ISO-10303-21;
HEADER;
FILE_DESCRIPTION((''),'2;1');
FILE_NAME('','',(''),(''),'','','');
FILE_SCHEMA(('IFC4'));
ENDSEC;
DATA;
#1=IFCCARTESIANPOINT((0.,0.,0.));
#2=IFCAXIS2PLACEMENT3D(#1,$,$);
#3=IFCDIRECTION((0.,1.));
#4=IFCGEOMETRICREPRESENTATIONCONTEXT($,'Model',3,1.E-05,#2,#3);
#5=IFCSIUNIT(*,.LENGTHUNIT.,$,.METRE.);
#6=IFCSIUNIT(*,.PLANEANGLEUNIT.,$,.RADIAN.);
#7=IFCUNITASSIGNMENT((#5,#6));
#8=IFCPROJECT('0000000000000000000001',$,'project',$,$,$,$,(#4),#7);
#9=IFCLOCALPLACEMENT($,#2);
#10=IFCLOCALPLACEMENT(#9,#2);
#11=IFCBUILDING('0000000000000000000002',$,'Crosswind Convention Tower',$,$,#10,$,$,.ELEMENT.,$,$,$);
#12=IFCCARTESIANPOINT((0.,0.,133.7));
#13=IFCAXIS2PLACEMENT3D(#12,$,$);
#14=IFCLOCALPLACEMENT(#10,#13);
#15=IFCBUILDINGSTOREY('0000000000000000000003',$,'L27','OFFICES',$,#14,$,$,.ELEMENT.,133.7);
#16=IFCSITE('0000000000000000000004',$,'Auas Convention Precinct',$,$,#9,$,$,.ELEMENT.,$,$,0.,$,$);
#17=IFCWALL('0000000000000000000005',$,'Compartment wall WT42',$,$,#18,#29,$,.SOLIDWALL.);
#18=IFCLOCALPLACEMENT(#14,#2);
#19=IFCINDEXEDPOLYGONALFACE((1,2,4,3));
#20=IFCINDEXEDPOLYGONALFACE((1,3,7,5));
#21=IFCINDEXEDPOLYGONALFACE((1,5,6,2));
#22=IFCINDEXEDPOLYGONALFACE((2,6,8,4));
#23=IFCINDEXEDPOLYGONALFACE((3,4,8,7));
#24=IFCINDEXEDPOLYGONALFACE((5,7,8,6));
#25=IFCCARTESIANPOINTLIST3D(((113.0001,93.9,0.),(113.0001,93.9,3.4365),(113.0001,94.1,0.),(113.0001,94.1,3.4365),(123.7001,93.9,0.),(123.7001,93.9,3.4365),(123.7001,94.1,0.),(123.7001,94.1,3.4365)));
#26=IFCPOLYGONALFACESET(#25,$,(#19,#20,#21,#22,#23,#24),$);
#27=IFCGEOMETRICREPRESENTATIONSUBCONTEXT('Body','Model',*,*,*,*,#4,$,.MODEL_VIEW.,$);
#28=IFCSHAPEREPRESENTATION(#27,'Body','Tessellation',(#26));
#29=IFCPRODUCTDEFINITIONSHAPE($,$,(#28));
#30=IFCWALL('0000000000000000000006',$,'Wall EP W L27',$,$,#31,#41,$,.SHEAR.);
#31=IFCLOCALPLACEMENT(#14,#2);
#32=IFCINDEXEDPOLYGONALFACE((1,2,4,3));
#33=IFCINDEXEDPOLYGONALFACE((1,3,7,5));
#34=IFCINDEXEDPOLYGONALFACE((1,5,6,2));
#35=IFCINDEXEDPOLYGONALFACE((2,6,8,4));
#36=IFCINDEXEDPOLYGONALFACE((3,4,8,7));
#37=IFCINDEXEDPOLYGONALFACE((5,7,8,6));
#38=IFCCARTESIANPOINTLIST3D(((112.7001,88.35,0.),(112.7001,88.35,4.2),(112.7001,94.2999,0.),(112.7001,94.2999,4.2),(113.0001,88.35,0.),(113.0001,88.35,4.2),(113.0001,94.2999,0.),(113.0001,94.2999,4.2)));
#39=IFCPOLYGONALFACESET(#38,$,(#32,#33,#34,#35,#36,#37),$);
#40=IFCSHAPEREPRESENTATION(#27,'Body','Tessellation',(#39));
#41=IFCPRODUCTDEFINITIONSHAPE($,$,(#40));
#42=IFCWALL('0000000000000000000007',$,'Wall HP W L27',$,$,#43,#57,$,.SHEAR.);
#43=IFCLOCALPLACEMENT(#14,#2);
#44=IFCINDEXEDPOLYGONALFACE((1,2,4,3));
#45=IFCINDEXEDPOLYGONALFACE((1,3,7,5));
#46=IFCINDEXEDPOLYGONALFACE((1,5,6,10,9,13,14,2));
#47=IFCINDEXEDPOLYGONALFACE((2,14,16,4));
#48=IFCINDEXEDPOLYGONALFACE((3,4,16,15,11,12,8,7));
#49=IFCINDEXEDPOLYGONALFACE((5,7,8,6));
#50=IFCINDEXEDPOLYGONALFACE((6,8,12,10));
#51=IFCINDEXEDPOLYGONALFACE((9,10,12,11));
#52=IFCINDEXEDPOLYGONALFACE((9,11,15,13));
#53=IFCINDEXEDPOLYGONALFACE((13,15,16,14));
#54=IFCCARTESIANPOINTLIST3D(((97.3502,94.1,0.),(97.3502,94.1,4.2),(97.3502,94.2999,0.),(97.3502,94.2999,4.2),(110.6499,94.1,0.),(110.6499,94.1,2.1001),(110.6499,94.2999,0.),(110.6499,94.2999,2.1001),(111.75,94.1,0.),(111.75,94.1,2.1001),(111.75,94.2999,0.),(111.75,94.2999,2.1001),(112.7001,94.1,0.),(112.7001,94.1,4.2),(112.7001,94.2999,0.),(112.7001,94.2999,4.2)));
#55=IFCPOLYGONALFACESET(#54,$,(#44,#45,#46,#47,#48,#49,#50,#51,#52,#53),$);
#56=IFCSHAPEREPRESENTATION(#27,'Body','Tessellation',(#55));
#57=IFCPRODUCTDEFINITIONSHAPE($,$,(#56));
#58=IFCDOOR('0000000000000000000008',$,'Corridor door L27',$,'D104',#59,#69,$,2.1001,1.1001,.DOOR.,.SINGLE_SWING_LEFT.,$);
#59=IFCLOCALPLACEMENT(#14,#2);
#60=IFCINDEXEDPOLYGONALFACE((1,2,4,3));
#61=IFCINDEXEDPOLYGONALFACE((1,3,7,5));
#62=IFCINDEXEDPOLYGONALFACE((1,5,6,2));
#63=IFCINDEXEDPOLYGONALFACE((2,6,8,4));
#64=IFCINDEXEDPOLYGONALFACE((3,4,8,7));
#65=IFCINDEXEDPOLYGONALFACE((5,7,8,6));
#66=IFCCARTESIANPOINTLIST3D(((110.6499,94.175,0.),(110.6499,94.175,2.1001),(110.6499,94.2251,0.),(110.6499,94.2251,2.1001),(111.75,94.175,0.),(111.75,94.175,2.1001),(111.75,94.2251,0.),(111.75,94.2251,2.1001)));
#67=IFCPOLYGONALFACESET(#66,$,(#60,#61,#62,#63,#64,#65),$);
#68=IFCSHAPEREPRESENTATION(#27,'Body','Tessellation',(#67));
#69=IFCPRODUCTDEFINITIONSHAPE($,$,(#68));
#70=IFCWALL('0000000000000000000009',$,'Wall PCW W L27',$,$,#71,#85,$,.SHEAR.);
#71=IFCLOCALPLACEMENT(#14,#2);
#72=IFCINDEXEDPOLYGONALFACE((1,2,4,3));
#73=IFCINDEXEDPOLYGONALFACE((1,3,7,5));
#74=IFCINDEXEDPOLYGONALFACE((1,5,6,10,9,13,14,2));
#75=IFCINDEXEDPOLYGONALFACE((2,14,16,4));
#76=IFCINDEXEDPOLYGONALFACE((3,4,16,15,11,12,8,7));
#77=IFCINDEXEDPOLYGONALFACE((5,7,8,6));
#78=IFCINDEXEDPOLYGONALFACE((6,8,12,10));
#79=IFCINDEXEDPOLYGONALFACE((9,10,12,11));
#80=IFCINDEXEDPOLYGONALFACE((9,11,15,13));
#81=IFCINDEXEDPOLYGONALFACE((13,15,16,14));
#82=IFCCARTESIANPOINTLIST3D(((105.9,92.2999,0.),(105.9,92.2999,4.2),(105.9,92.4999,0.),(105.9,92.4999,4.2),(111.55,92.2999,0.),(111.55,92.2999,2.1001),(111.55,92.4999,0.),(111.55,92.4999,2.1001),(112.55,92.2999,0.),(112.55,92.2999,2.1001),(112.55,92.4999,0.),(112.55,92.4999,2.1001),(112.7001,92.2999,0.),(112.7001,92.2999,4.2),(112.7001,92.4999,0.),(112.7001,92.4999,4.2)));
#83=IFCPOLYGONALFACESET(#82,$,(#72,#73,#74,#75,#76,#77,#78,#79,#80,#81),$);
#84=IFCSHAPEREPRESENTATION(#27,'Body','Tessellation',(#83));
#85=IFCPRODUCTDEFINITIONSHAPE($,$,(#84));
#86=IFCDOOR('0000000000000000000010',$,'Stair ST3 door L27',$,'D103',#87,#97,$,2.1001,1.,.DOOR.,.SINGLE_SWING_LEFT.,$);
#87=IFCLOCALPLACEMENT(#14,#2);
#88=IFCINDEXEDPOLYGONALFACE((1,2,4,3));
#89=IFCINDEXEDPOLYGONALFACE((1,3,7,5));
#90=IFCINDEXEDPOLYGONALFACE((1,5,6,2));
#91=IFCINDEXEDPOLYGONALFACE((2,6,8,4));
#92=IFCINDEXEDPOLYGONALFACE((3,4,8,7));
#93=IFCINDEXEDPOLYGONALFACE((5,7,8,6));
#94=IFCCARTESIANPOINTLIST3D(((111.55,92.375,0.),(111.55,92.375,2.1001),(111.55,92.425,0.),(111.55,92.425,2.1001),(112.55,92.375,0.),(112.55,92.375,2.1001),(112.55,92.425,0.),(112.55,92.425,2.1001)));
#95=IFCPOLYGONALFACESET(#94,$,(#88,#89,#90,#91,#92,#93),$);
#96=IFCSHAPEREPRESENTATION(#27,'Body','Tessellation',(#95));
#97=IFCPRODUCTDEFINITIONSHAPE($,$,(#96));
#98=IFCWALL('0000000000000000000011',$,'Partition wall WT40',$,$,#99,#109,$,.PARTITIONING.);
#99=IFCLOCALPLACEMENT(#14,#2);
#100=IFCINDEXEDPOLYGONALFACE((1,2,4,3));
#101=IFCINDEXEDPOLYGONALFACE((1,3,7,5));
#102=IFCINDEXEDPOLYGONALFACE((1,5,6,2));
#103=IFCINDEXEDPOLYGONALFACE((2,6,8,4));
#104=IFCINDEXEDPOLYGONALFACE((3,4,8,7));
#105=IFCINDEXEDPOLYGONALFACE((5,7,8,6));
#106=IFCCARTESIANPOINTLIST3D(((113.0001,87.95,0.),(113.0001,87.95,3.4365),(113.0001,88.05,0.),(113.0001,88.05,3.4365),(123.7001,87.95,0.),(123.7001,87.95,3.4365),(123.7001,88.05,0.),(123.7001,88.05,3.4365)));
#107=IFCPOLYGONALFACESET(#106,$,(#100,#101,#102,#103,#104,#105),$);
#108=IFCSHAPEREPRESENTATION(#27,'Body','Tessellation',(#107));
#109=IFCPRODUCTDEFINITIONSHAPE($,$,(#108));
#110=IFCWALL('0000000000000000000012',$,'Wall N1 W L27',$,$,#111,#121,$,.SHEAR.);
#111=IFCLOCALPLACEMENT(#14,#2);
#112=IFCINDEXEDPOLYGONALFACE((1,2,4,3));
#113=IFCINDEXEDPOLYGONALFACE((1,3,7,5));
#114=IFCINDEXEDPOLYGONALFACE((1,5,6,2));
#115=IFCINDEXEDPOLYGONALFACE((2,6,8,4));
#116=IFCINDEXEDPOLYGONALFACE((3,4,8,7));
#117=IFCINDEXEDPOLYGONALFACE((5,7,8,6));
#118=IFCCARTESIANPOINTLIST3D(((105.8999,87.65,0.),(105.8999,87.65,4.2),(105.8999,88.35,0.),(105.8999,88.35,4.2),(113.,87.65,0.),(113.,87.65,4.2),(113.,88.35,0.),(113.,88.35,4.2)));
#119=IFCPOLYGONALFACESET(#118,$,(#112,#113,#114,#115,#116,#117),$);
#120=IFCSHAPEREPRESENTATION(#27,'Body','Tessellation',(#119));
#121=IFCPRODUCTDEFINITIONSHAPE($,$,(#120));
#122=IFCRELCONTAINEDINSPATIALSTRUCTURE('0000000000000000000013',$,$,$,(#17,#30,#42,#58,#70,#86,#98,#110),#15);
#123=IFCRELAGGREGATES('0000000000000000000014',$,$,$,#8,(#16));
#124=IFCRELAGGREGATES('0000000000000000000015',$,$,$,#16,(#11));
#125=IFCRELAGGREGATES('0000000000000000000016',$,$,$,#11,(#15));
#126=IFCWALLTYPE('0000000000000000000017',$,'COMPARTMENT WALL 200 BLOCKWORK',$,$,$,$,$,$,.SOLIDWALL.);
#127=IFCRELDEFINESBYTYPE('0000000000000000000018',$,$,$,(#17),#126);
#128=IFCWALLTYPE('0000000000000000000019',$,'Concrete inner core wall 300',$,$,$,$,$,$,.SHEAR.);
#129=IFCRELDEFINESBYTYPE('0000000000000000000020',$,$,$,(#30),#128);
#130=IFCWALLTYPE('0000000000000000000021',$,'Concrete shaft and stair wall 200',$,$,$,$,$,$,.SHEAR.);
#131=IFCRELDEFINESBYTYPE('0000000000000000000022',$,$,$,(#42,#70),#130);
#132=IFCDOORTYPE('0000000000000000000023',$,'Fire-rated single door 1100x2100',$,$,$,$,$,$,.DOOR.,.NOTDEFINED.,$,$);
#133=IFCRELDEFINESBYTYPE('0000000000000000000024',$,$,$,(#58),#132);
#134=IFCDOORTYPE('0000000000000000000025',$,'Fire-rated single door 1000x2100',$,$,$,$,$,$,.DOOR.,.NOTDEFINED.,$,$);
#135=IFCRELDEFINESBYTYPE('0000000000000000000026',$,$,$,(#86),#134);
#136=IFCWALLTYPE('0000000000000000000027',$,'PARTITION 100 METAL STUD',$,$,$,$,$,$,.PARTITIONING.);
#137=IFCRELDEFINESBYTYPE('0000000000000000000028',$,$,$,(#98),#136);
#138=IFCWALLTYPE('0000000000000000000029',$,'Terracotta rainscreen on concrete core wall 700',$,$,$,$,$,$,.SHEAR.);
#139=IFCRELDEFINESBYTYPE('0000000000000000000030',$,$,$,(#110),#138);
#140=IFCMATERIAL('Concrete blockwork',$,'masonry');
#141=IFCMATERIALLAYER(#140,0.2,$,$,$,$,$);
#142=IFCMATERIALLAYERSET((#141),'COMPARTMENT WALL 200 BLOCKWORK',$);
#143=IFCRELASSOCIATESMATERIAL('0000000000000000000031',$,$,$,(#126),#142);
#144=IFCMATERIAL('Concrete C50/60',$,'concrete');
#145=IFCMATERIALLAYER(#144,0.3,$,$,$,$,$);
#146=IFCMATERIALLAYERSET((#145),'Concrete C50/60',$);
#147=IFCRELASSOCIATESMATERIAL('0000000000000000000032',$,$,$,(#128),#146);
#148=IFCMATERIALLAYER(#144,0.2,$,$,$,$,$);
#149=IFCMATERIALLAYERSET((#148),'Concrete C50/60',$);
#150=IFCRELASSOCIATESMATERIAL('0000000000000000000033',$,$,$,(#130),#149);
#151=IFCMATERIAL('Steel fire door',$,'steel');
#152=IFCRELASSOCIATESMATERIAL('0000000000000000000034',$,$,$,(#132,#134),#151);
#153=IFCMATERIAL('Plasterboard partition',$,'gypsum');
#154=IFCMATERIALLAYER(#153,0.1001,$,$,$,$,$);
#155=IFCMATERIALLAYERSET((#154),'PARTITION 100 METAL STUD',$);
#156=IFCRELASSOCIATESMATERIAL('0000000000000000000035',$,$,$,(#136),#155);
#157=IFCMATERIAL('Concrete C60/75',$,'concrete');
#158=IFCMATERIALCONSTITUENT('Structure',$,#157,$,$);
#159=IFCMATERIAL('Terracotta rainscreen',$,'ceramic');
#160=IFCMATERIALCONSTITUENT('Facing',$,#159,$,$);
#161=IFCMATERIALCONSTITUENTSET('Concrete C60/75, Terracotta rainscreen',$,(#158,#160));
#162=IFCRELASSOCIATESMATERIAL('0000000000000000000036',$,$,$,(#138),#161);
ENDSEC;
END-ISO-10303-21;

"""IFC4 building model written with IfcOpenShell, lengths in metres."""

from ifc_helpers import new_model, si_unit, direction, frame, frame_2d, origin, place, context, subcontext, project, spatial, rectangle, extrude, material, layer, layer_set, constituent, constituent_set, type_object, element, fill, save


model = new_model("IFC4")

# Units and contexts
model_context = context("Model", 3, precision=1e-05, world=origin(), true_north=direction((0.0, 1.0)))
body_context = subcontext(model_context, "Body", "Model", "MODEL_VIEW")
ifc_project = project(units=[si_unit("LENGTHUNIT", "METRE"), si_unit("PLANEANGLEUNIT", "RADIAN")], contexts=[model_context])

# Site, building, storey
site_placement = place(None, origin())
site = spatial("IfcSite", under=ifc_project, at=site_placement, Name="Auas Convention Precinct", CompositionType="ELEMENT", RefElevation=0.0)
building_placement = place(site_placement, origin())
building = spatial("IfcBuilding", under=site, at=building_placement, Name="Crosswind Convention Tower", CompositionType="ELEMENT")
storey_placement = place(building_placement, frame((0.0, 0.0, 133.7)))
storey = spatial("IfcBuildingStorey", under=building, at=storey_placement, Name="L27", Description="OFFICES", CompositionType="ELEMENT", Elevation=133.7)

# Walls
ifc_material_1 = material(Name="Concrete blockwork", Category="masonry")
ifc_layer_1 = layer(ifc_material_1, 0.2)
ifc_layer_set_1 = layer_set([ifc_layer_1], Name="COMPARTMENT WALL 200 BLOCKWORK")
wall_type_1 = type_object("IfcWallType", Name="COMPARTMENT WALL 200 BLOCKWORK", PredefinedType="SOLIDWALL", material=ifc_layer_set_1)
wall_1_placement = place(storey_placement, frame((113.0, 94.0, 0.0), z_axis=(0.0, 0.0, 1.0), x_axis=(1.0, 0.0, 0.0)))
element("IfcWall", 1, at=wall_1_placement, inside=storey, type_object=wall_type_1, Name="Compartment wall WT42", PredefinedType="SOLIDWALL", context=body_context, shape_type="SweptSolid", body=[
    extrude(rectangle(XDim=10.7, YDim=0.2, at=frame_2d((5.3501, 0.0))), origin(), (0.0, 0.0, 1.0), 3.4365),
])
ifc_material_2 = material(Name="Concrete C50/60", Category="concrete")
ifc_layer_2 = layer(ifc_material_2, 0.3)
ifc_layer_set_2 = layer_set([ifc_layer_2], Name="Concrete C50/60")
wall_type_2 = type_object("IfcWallType", Name="Concrete inner core wall 300", PredefinedType="SHEAR", material=ifc_layer_set_2)
wall_2_placement = place(storey_placement, frame((112.8501, 94.3, 0.0), z_axis=(0.0, 0.0, 1.0), x_axis=(0.0, -1.0, 0.0)))
element("IfcWall", 2, at=wall_2_placement, inside=storey, type_object=wall_type_2, Name="Wall EP W L27", PredefinedType="SHEAR", context=body_context, shape_type="SweptSolid", body=[
    extrude(rectangle(XDim=5.95, YDim=0.3, at=frame_2d((2.9751, 0.0))), origin(), (0.0, 0.0, 1.0), 4.2),
])

# Walls, openings, doors
ifc_layer_3 = layer(ifc_material_2, 0.2)
ifc_layer_set_3 = layer_set([ifc_layer_3], Name="Concrete C50/60")
wall_type_3 = type_object("IfcWallType", Name="Concrete shaft and stair wall 200", PredefinedType="SHEAR", material=ifc_layer_set_3)
wall_3_placement = place(storey_placement, frame((112.7, 94.2, 0.0), z_axis=(0.0, 0.0, 1.0), x_axis=(-1.0, 0.0, 0.0)))
wall_3 = element("IfcWall", 3, at=wall_3_placement, inside=storey, type_object=wall_type_3, Name="Wall HP W L27", PredefinedType="SHEAR", context=body_context, shape_type="SweptSolid", body=[
    extrude(rectangle(XDim=15.3499, YDim=0.2, at=frame_2d((7.6748, 0.0))), origin(), (0.0, 0.0, 1.0), 4.2),
])
opening_1_placement = place(wall_3_placement, frame((0.95, 0.0, 0.0)))
opening_1 = element("IfcOpeningElement", 4, at=opening_1_placement, cuts=wall_3, PredefinedType="OPENING", context=body_context, shape_type="SweptSolid", body=[
    extrude(rectangle(XDim=1.1001, YDim=2.1001, at=frame_2d((0.55, 1.05))), frame((0.0, 0.1099, 0.0), z_axis=(0.0, -1.0, 0.0), x_axis=(1.0, 0.0, 0.0)), (0.0, 0.0, 1.0), 0.22),
])
ifc_material_3 = material(Name="Steel fire door", Category="steel")
door_type_1 = type_object("IfcDoorType", Name="Fire-rated single door 1100x2100", OperationType="NOTDEFINED", PredefinedType="DOOR", material=ifc_material_3)
door_1_placement = place(opening_1_placement, origin())
door_1 = element("IfcDoor", 5, at=door_1_placement, inside=storey, type_object=door_type_1, Name="Corridor door L27", ObjectType="D104", OperationType="SINGLE_SWING_LEFT", OverallHeight=2.1001, OverallWidth=1.1001, PredefinedType="DOOR", context=body_context, shape_type="SweptSolid", body=[
    extrude(rectangle(XDim=1.1001, YDim=2.1001, at=frame_2d((0.55, 1.05))), frame((0.0, 0.0249, 0.0), z_axis=(0.0, -1.0, 0.0), x_axis=(1.0, 0.0, 0.0)), (0.0, 0.0, 1.0), 0.05),
])
fill(opening_1, door_1)
wall_4_placement = place(storey_placement, frame((112.7, 92.3999, 0.0), z_axis=(0.0, 0.0, 1.0), x_axis=(-1.0, 0.0, 0.0)))
wall_4 = element("IfcWall", 6, at=wall_4_placement, inside=storey, type_object=wall_type_3, Name="Wall PCW W L27", PredefinedType="SHEAR", context=body_context, shape_type="SweptSolid", body=[
    extrude(rectangle(XDim=6.8, YDim=0.2, at=frame_2d((3.3999, 0.0))), origin(), (0.0, 0.0, 1.0), 4.2),
])
opening_2_placement = place(wall_4_placement, frame((0.1499, 0.0, 0.0)))
opening_2 = element("IfcOpeningElement", 7, at=opening_2_placement, cuts=wall_4, PredefinedType="OPENING", context=body_context, shape_type="SweptSolid", body=[
    extrude(rectangle(XDim=1.0, YDim=2.1001, at=frame_2d((0.5, 1.05))), frame((0.0, 0.1099, 0.0), z_axis=(0.0, -1.0, 0.0), x_axis=(1.0, 0.0, 0.0)), (0.0, 0.0, 1.0), 0.22),
])
door_type_2 = type_object("IfcDoorType", Name="Fire-rated single door 1000x2100", OperationType="NOTDEFINED", PredefinedType="DOOR", material=ifc_material_3)
door_2_placement = place(opening_2_placement, origin())
door_2 = element("IfcDoor", 8, at=door_2_placement, inside=storey, type_object=door_type_2, Name="Stair ST3 door L27", ObjectType="D103", OperationType="SINGLE_SWING_LEFT", OverallHeight=2.1001, OverallWidth=1.0, PredefinedType="DOOR", context=body_context, shape_type="SweptSolid", body=[
    extrude(rectangle(XDim=1.0, YDim=2.1001, at=frame_2d((0.5, 1.05))), frame((0.0, 0.0249, 0.0), z_axis=(0.0, -1.0, 0.0), x_axis=(1.0, 0.0, 0.0)), (0.0, 0.0, 1.0), 0.05),
])
fill(opening_2, door_2)

# Walls
ifc_material_4 = material(Name="Plasterboard partition", Category="gypsum")
ifc_layer_4 = layer(ifc_material_4, 0.1001)
ifc_layer_set_4 = layer_set([ifc_layer_4], Name="PARTITION 100 METAL STUD")
wall_type_4 = type_object("IfcWallType", Name="PARTITION 100 METAL STUD", PredefinedType="PARTITIONING", material=ifc_layer_set_4)
wall_5_placement = place(storey_placement, frame((113.0, 88.0, 0.0), z_axis=(0.0, 0.0, 1.0), x_axis=(1.0, 0.0, 0.0)))
element("IfcWall", 9, at=wall_5_placement, inside=storey, type_object=wall_type_4, Name="Partition wall WT40", PredefinedType="PARTITIONING", context=body_context, shape_type="SweptSolid", body=[
    extrude(rectangle(XDim=10.7, YDim=0.1001, at=frame_2d((5.3501, 0.0))), origin(), (0.0, 0.0, 1.0), 3.4365),
])
ifc_material_5 = material(Name="Concrete C60/75", Category="concrete")
ifc_constituent_1 = constituent(ifc_material_5, Name="Structure")
ifc_material_6 = material(Name="Terracotta rainscreen", Category="ceramic")
ifc_constituent_2 = constituent(ifc_material_6, Name="Facing")
ifc_constituent_set = constituent_set(constituents=[ifc_constituent_1, ifc_constituent_2], Name="Concrete C60/75, Terracotta rainscreen")
wall_type_5 = type_object("IfcWallType", Name="Terracotta rainscreen on concrete core wall 700", PredefinedType="SHEAR", material=ifc_constituent_set)
wall_6_placement = place(storey_placement, frame((113.0, 88.0, 0.0), z_axis=(0.0, 0.0, 1.0), x_axis=(-1.0, 0.0, 0.0)))
element("IfcWall", 10, at=wall_6_placement, inside=storey, type_object=wall_type_5, Name="Wall N1 W L27", PredefinedType="SHEAR", context=body_context, shape_type="SweptSolid", body=[
    extrude(rectangle(XDim=7.1001, YDim=0.7, at=frame_2d((3.55, 0.0))), origin(), (0.0, 0.0, 1.0), 4.2),
])

save(model, "model.ifc")
